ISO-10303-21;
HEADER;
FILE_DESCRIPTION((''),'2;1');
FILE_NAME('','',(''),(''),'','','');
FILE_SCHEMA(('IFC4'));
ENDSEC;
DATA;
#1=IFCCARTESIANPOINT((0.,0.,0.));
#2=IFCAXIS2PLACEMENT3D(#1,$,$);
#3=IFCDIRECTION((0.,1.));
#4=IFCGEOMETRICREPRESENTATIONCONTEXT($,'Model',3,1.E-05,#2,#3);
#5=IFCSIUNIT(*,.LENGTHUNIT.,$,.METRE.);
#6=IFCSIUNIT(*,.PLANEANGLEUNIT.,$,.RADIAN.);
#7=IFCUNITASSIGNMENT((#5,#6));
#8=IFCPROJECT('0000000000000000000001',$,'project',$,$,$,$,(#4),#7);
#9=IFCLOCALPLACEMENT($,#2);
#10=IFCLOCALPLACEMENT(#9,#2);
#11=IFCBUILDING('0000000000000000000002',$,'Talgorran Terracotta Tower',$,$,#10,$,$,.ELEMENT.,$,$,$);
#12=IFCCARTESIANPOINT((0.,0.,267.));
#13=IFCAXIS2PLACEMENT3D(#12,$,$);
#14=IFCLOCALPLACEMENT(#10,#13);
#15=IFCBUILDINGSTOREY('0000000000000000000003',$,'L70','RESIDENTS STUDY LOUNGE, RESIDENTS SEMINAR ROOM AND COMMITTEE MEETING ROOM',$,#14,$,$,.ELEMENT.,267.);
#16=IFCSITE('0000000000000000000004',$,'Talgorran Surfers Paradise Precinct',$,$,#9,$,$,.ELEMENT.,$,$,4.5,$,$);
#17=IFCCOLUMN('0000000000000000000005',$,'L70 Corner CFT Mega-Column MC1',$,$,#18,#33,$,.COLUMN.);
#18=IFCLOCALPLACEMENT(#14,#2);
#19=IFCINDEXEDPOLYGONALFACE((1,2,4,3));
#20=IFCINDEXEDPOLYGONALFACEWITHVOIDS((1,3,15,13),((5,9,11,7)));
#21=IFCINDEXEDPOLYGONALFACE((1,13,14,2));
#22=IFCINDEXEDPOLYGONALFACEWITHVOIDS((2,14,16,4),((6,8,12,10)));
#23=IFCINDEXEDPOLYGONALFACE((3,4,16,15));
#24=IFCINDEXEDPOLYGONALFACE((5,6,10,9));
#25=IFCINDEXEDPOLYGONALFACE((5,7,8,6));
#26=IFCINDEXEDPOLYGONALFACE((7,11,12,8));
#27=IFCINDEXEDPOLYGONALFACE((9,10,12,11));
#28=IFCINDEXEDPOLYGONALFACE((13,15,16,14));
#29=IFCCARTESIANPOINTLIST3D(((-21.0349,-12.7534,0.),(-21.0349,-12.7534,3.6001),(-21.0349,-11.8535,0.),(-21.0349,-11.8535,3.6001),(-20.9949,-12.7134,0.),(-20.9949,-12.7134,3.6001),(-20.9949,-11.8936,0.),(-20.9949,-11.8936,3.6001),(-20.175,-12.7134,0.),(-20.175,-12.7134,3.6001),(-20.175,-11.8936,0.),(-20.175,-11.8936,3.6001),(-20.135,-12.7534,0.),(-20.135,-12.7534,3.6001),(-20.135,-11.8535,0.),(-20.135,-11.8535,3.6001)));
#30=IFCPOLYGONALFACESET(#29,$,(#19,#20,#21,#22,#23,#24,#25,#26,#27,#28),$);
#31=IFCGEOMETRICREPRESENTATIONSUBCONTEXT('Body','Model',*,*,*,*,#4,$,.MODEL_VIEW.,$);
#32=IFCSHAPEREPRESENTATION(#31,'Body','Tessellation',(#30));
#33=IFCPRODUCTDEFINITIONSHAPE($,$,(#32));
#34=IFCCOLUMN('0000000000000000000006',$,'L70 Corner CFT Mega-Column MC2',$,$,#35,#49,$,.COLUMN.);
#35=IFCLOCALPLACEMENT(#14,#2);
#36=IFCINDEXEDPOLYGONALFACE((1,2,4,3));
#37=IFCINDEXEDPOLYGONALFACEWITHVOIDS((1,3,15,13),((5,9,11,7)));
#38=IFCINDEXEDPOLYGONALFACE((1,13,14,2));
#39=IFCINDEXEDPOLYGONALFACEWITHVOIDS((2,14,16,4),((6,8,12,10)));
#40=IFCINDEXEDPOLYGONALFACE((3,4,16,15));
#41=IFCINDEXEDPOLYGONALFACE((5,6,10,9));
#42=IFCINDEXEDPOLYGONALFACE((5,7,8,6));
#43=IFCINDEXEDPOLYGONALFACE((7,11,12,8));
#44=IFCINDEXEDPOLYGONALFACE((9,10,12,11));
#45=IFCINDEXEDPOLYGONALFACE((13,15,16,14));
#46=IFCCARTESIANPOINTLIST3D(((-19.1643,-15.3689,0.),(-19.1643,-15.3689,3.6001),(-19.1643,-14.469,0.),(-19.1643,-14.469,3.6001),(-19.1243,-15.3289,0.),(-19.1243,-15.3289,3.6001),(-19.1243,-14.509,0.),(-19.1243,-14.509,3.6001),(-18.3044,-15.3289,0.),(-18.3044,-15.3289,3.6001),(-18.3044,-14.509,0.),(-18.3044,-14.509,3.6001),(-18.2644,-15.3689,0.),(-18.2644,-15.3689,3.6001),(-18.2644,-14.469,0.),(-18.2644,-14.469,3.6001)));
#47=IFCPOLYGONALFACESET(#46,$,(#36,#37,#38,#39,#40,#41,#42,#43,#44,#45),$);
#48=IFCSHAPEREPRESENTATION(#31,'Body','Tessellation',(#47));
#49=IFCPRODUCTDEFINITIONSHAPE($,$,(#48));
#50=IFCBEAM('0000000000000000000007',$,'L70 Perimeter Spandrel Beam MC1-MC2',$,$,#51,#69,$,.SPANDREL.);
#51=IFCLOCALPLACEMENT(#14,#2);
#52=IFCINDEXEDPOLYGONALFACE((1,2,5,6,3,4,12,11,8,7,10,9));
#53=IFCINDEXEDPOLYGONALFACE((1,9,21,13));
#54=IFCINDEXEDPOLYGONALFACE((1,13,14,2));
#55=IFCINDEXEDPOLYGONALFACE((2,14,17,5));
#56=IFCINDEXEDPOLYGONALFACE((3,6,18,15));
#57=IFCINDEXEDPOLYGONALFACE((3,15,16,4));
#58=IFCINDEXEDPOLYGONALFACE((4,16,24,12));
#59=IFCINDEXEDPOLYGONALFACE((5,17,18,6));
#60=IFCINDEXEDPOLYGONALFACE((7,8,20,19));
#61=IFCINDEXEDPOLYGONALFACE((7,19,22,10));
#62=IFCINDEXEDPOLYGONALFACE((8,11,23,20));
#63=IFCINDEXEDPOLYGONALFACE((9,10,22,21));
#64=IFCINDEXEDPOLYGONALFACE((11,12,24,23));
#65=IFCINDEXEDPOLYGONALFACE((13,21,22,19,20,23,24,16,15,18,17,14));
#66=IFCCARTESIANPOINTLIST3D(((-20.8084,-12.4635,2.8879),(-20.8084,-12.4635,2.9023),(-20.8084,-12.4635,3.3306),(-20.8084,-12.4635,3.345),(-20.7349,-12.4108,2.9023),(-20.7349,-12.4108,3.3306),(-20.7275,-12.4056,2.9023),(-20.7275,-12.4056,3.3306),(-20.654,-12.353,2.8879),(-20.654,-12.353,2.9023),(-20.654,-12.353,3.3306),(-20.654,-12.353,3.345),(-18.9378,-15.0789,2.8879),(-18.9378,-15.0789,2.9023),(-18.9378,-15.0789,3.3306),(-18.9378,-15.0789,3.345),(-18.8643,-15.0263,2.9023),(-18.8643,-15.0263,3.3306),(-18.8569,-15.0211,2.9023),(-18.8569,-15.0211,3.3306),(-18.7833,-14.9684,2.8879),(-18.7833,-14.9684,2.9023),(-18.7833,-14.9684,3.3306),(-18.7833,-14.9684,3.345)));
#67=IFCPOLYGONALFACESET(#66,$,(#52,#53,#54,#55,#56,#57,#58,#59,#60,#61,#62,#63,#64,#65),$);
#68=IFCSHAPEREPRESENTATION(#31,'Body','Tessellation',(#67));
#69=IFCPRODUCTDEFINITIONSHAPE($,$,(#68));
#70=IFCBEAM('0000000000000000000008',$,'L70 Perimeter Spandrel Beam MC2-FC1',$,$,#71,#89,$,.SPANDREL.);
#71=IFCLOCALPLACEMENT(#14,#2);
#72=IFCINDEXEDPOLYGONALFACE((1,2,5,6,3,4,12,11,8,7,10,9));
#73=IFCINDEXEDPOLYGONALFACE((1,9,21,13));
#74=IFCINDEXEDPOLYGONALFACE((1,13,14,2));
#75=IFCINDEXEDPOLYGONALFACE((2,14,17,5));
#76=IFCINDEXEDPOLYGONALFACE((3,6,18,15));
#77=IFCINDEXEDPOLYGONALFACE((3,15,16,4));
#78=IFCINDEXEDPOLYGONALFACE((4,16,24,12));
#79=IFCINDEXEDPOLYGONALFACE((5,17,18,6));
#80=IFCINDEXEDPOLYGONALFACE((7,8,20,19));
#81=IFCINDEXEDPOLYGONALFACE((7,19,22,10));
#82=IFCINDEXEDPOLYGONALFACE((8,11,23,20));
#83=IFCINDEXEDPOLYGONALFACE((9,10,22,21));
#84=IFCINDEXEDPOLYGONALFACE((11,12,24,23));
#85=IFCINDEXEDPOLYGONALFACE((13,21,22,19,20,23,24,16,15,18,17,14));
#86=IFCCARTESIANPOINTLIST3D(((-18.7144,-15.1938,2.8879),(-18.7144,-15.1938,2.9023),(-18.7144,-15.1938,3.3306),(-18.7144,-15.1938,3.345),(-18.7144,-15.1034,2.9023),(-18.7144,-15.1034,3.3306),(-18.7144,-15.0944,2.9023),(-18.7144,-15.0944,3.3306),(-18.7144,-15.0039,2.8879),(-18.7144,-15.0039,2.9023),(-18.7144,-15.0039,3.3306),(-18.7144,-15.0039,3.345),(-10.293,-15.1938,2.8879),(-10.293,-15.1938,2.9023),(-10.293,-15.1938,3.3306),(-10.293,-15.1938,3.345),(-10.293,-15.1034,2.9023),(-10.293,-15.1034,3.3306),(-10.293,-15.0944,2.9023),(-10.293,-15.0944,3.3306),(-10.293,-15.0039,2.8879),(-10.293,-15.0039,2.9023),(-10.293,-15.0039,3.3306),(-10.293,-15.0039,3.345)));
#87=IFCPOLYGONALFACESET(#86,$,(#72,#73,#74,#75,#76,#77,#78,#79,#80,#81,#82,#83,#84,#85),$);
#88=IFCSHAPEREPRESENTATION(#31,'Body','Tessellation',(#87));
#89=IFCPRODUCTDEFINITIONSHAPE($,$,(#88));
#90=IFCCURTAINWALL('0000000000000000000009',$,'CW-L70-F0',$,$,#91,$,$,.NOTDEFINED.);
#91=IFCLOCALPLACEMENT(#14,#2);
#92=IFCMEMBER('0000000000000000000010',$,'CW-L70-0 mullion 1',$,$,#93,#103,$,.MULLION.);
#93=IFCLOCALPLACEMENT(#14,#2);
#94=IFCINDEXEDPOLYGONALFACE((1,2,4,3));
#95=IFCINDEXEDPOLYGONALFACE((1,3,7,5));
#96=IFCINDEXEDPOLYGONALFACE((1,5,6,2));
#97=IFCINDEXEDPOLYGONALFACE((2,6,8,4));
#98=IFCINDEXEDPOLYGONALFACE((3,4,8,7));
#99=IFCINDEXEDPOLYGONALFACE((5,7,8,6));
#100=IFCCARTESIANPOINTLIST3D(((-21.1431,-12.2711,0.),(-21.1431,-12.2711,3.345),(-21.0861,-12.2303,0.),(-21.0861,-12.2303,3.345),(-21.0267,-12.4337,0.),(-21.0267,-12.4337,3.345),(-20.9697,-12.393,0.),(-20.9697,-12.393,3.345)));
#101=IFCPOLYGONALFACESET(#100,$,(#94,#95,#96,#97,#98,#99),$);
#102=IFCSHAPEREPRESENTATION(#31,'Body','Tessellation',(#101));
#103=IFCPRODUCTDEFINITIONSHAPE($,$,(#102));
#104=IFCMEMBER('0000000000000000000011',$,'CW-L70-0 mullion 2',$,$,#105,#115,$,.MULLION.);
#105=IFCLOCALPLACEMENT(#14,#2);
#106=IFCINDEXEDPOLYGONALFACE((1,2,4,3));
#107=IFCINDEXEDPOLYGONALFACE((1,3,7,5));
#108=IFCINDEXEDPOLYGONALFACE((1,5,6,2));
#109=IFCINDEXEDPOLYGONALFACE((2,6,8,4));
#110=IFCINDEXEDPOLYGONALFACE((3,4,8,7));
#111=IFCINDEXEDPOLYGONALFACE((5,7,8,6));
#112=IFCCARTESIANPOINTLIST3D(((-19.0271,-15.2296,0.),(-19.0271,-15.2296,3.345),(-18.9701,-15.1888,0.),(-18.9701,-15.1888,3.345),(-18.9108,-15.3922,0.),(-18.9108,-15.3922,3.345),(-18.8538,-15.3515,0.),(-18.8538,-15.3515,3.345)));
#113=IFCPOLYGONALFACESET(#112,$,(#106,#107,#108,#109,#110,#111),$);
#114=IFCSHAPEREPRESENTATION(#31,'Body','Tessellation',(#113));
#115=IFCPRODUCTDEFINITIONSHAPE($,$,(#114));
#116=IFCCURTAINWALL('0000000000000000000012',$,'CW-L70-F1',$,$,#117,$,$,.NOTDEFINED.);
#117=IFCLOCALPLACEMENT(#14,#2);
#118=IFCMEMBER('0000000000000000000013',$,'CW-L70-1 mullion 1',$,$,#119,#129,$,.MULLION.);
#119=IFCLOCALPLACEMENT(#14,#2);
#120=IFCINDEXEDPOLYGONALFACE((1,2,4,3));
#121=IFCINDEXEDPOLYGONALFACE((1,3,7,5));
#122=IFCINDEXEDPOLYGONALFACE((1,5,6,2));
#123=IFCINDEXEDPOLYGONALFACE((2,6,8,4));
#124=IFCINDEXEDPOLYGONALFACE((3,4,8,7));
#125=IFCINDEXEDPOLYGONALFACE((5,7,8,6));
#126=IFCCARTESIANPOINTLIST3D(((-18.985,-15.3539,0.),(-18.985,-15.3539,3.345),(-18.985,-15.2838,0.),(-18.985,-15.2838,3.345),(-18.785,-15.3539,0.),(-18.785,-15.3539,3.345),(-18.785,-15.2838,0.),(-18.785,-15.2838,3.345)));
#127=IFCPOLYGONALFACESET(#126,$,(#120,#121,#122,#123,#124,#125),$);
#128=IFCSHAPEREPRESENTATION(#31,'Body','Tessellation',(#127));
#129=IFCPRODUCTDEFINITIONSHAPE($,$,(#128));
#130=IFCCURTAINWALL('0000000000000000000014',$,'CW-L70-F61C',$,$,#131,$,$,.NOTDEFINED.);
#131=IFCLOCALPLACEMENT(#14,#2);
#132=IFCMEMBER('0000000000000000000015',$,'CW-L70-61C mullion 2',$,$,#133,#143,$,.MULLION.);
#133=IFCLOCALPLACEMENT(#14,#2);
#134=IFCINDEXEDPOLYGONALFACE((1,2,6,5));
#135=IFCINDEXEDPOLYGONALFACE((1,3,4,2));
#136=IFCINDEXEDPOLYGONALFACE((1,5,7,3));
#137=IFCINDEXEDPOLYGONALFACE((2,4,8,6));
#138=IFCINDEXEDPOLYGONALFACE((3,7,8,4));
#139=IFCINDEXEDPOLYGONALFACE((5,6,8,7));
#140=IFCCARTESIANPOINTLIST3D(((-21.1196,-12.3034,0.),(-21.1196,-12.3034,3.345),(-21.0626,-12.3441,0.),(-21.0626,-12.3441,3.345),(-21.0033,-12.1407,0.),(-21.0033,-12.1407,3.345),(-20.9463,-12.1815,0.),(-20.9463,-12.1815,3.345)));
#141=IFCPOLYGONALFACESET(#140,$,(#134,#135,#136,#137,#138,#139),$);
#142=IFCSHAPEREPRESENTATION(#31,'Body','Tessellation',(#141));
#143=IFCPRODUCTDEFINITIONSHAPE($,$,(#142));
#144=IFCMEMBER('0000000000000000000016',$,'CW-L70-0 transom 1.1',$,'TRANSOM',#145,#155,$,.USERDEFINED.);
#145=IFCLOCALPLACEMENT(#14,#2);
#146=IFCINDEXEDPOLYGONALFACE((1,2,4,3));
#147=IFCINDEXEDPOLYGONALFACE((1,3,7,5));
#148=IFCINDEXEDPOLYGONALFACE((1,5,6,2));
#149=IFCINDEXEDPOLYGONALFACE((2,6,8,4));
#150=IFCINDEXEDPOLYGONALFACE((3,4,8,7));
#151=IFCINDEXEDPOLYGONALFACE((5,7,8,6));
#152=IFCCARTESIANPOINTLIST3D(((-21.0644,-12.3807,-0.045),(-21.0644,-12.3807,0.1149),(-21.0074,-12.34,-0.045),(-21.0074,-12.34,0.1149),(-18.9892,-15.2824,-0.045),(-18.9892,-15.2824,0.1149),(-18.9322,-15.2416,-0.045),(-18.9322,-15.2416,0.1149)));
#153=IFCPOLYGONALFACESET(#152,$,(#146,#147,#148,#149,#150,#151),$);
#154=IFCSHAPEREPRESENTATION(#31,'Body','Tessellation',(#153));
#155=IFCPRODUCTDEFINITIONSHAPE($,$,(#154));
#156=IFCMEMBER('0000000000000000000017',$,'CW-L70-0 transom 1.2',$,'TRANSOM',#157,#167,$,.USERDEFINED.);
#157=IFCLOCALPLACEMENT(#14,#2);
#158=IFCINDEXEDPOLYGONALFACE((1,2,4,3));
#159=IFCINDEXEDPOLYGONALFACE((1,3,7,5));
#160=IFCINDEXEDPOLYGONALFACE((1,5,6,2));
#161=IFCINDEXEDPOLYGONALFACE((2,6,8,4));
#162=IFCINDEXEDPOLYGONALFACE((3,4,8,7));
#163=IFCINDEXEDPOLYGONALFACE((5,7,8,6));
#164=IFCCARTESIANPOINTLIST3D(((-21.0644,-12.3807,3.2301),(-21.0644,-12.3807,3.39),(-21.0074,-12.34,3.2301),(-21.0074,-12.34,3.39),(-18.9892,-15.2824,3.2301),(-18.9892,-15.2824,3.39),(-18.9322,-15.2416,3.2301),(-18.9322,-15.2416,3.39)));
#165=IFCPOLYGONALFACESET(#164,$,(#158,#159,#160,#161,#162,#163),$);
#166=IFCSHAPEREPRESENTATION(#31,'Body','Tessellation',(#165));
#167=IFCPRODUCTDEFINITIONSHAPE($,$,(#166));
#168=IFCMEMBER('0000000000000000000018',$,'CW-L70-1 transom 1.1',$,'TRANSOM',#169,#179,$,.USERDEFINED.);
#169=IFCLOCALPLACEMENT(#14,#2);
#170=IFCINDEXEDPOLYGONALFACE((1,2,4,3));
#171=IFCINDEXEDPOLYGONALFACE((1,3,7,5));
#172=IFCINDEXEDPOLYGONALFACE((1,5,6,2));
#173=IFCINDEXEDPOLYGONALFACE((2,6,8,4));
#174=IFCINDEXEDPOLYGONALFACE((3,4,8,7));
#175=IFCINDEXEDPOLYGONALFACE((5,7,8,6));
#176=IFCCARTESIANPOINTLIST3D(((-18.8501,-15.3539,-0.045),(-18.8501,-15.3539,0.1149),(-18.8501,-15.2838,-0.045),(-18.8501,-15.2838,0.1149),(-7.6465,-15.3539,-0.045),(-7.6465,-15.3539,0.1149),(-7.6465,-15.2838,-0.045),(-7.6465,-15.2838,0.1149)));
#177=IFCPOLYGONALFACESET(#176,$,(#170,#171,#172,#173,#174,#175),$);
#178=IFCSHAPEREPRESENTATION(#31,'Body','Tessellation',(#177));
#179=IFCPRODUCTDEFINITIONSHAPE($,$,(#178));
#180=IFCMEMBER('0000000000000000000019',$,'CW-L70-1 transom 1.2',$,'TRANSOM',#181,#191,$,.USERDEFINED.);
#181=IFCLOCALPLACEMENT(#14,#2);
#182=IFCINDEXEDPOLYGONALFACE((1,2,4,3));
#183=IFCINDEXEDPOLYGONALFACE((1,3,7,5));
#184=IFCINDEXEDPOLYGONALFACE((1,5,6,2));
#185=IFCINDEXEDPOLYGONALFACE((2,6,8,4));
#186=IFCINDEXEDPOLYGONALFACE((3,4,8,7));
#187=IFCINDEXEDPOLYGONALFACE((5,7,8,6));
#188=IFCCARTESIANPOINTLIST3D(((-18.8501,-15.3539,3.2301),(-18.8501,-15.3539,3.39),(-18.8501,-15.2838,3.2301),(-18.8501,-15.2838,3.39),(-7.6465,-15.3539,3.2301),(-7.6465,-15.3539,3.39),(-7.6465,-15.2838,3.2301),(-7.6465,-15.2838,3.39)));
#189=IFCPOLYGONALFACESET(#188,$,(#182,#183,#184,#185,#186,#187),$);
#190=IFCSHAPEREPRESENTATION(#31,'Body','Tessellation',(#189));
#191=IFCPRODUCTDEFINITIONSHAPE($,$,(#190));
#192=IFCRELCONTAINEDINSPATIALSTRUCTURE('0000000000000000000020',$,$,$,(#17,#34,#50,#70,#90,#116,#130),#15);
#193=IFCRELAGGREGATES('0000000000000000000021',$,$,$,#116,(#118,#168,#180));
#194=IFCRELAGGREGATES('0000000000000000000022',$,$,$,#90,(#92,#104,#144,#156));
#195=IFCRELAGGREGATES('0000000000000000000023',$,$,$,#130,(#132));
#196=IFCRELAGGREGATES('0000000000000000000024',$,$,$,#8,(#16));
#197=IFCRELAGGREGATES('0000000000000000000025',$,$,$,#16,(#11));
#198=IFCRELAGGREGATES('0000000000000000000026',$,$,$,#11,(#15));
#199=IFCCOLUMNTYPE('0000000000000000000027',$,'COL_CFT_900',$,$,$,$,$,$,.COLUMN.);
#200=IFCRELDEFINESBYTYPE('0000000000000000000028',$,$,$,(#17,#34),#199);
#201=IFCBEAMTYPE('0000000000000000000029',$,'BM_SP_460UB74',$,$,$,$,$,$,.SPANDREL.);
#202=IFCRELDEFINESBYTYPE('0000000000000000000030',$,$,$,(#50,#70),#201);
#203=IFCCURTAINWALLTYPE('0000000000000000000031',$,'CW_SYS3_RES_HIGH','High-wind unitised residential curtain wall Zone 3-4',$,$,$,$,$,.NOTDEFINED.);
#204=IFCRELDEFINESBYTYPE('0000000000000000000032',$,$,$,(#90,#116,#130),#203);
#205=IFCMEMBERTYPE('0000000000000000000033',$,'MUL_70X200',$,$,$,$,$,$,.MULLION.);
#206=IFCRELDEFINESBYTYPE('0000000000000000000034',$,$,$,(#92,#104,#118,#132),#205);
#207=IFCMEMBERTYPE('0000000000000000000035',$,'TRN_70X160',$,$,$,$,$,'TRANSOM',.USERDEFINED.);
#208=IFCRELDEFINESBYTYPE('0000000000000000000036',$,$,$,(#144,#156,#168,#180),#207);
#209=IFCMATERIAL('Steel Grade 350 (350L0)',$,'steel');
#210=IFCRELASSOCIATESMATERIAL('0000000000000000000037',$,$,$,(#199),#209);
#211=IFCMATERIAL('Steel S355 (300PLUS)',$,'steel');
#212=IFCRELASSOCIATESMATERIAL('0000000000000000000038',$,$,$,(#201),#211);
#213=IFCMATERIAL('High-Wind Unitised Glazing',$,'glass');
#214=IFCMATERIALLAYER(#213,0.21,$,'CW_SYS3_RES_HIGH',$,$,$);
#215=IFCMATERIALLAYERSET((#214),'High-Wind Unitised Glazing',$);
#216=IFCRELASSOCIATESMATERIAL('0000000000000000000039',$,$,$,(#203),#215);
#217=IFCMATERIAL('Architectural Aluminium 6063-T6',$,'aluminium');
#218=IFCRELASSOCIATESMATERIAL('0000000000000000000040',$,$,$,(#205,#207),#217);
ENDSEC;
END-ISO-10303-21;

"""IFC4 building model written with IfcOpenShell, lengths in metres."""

from ifc_helpers import new_model, si_unit, direction, frame, origin, origin_2d, place, context, subcontext, project, spatial, rectangle, hollow_rectangle, i_section, extrude, material, layer, layer_set, material_profile, profile_set, type_object, element, aggregate, save


model = new_model("IFC4")

# Units and contexts
model_context = context("Model", 3, precision=1e-05, world=origin(), true_north=direction((0.0, 1.0)))
body_context = subcontext(model_context, "Body", "Model", "MODEL_VIEW")
ifc_project = project(units=[si_unit("LENGTHUNIT", "METRE"), si_unit("PLANEANGLEUNIT", "RADIAN")], contexts=[model_context])

# Site, building, storey
site_placement = place(None, origin())
site = spatial("IfcSite", under=ifc_project, at=site_placement, Name="Talgorran Surfers Paradise Precinct", CompositionType="ELEMENT", RefElevation=4.5)
building_placement = place(site_placement, origin())
building = spatial("IfcBuilding", under=site, at=building_placement, Name="Talgorran Terracotta Tower", CompositionType="ELEMENT")
storey_placement = place(building_placement, frame((0.0, 0.0, 267.0)))
storey = spatial("IfcBuildingStorey", under=building, at=storey_placement, Name="L70", Description="RESIDENTS STUDY LOUNGE, RESIDENTS SEMINAR ROOM AND COMMITTEE MEETING ROOM", CompositionType="ELEMENT", Elevation=267.0)

# Columns
ifc_material_1 = material(Name="Steel Grade 350 (350L0)", Category="steel")
ifc_material_profile_1 = material_profile(ifc_material_1, hollow_rectangle(XDim=0.8999, YDim=0.8999, WallThickness=0.04, at=origin_2d()), Name="CFT900X900X40")
ifc_profile_set_1 = profile_set([ifc_material_profile_1], Name="Steel Grade 350 (350L0)")
column_type = type_object("IfcColumnType", Name="COL_CFT_900", PredefinedType="COLUMN", material=ifc_profile_set_1)
for number, where, z_axis, x_axis, name in (
    (1, (-20.585, -12.3035, 0.0), (0.0, 0.0, 1.0), (1.0, 0.0, 0.0), "L70 Corner CFT Mega-Column MC1"),
    (2, (-18.7144, -14.9189, 0.0), (0.0, 0.0, 1.0), (1.0, 0.0, 0.0), "L70 Corner CFT Mega-Column MC2"),
):
    element("IfcColumn", number, at=place(storey_placement, frame(where, z_axis=z_axis, x_axis=x_axis)), inside=storey, type_object=column_type, Name=name, PredefinedType="COLUMN", context=body_context, shape_type="SweptSolid", body=[
        extrude(hollow_rectangle(XDim=0.8999, YDim=0.8999, WallThickness=0.04, at=origin_2d()), origin(), (0.0, 0.0, 1.0), 3.6001),
    ])

# Beams
ifc_material_2 = material(Name="Steel S355 (300PLUS)", Category="steel")
ifc_material_profile_2 = material_profile(ifc_material_2, i_section(OverallWidth=0.1899, OverallDepth=0.457, WebThickness=0.009, FlangeThickness=0.0144, at=origin_2d()), Name="460UB74.6")
ifc_profile_set_2 = profile_set([ifc_material_profile_2], Name="Steel S355 (300PLUS)")
beam_type = type_object("IfcBeamType", Name="BM_SP_460UB74", PredefinedType="SPANDREL", material=ifc_profile_set_2)
beam_1_placement = place(storey_placement, frame((-20.7312, -12.4082, 3.1165), z_axis=(0.581734, -0.813379, 0.0), x_axis=(0.813379, 0.581734, 0.0)))
element("IfcBeam", 3, at=beam_1_placement, inside=storey, type_object=beam_type, Name="L70 Perimeter Spandrel Beam MC1-MC2", PredefinedType="SPANDREL", context=body_context, shape_type="SweptSolid", body=[
    extrude(i_section(OverallWidth=0.1899, OverallDepth=0.457, WebThickness=0.009, FlangeThickness=0.0144, at=origin_2d()), origin(), (0.0, 0.0, 1.0), 3.2156),
])
beam_2_placement = place(storey_placement, frame((-18.7144, -15.0989, 3.1165), z_axis=(1.0, 0.0, 0.0), x_axis=(0.0, 1.0, 0.0)))
element("IfcBeam", 4, at=beam_2_placement, inside=storey, type_object=beam_type, Name="L70 Perimeter Spandrel Beam MC2-FC1", PredefinedType="SPANDREL", context=body_context, shape_type="SweptSolid", body=[
    extrude(i_section(OverallWidth=0.1899, OverallDepth=0.457, WebThickness=0.009, FlangeThickness=0.0144, at=origin_2d()), origin(), (0.0, 0.0, 1.0), 8.4214),
])

# Curtain wall, members
ifc_material_3 = material(Name="High-Wind Unitised Glazing", Category="glass")
ifc_layer_1 = layer(ifc_material_3, 0.21, Name="CW_SYS3_RES_HIGH")
ifc_layer_set_1 = layer_set([ifc_layer_1], Name="High-Wind Unitised Glazing")
curtain_wall_type = type_object("IfcCurtainWallType", Name="CW_SYS3_RES_HIGH", Description="High-wind unitised residential curtain wall Zone 3-4", PredefinedType="NOTDEFINED", material=ifc_layer_set_1)
curtain_wall_1_placement = place(storey_placement, origin())
curtain_wall_1 = element("IfcCurtainWall", 5, at=curtain_wall_1_placement, inside=storey, type_object=curtain_wall_type, Name="CW-L70-F0", PredefinedType="NOTDEFINED")
ifc_material_4 = material(Name="Architectural Aluminium 6063-T6", Category="aluminium")
ifc_material_profile_3 = material_profile(ifc_material_4, rectangle(XDim=0.0701, YDim=0.2, at=origin_2d()), Name="CWM70X200")
ifc_profile_set_3 = profile_set([ifc_material_profile_3], Name="Architectural Aluminium 6063-T6")
member_type_1 = type_object("IfcMemberType", Name="MUL_70X200", PredefinedType="MULLION", material=ifc_profile_set_3)
member_1_placement = place(storey_placement, frame((-21.0564, -12.332, 0.0), z_axis=(0.0, 0.0, 1.0), x_axis=(0.813371, 0.581746, 0.0)))
member_1 = element("IfcMember", 6, at=member_1_placement, type_object=member_type_1, Name="CW-L70-0 mullion 1", PredefinedType="MULLION", context=body_context, shape_type="SweptSolid", body=[
    extrude(rectangle(XDim=0.0701, YDim=0.2, at=origin_2d()), origin(), (0.0, 0.0, 1.0), 3.345),
])
member_2_placement = place(storey_placement, frame((-18.9404, -15.2905, 0.0), z_axis=(0.0, 0.0, 1.0), x_axis=(0.813371, 0.581746, 0.0)))
member_2 = element("IfcMember", 7, at=member_2_placement, type_object=member_type_1, Name="CW-L70-0 mullion 2", PredefinedType="MULLION", context=body_context, shape_type="SweptSolid", body=[
    extrude(rectangle(XDim=0.0701, YDim=0.2, at=origin_2d()), origin(), (0.0, 0.0, 1.0), 3.345),
])

# Curtain walls, members
curtain_wall_2_placement = place(storey_placement, origin())
curtain_wall_2 = element("IfcCurtainWall", 8, at=curtain_wall_2_placement, inside=storey, type_object=curtain_wall_type, Name="CW-L70-F1", PredefinedType="NOTDEFINED")
member_3_placement = place(storey_placement, frame((-18.885, -15.3188, 0.0), z_axis=(0.0, 0.0, 1.0), x_axis=(0.0, 1.0, 0.0)))
member_3 = element("IfcMember", 9, at=member_3_placement, type_object=member_type_1, Name="CW-L70-1 mullion 1", PredefinedType="MULLION", context=body_context, shape_type="SweptSolid", body=[
    extrude(rectangle(XDim=0.0701, YDim=0.2, at=origin_2d()), origin(), (0.0, 0.0, 1.0), 3.345),
])
curtain_wall_3_placement = place(storey_placement, origin())
curtain_wall_3 = element("IfcCurtainWall", 10, at=curtain_wall_3_placement, inside=storey, type_object=curtain_wall_type, Name="CW-L70-F61C", PredefinedType="NOTDEFINED")
member_4_placement = place(storey_placement, frame((-21.033, -12.2424, 0.0), z_axis=(0.0, 0.0, 1.0), x_axis=(0.813377, -0.581737, 0.0)))
member_4 = element("IfcMember", 11, at=member_4_placement, type_object=member_type_1, Name="CW-L70-61C mullion 2", PredefinedType="MULLION", context=body_context, shape_type="SweptSolid", body=[
    extrude(rectangle(XDim=0.0701, YDim=0.2, at=origin_2d()), origin(), (0.0, 0.0, 1.0), 3.345),
])

# Members
ifc_material_profile_4 = material_profile(ifc_material_4, rectangle(XDim=0.0701, YDim=0.1599, at=origin_2d()), Name="CWT70X160")
ifc_profile_set_4 = profile_set([ifc_material_profile_4], Name="Architectural Aluminium 6063-T6")
member_type_2 = type_object("IfcMemberType", Name="TRN_70X160", ElementType="TRANSOM", PredefinedType="USERDEFINED", material=ifc_profile_set_4)
member_5_placement = place(storey_placement, frame((-21.0359, -12.3604, 0.0349), z_axis=(0.581724, -0.813387, 0.0), x_axis=(0.813387, 0.581724, 0.0)))
member_5 = element("IfcMember", 12, at=member_5_placement, type_object=member_type_2, Name="CW-L70-0 transom 1.1", ObjectType="TRANSOM", PredefinedType="USERDEFINED", context=body_context, shape_type="SweptSolid", body=[
    extrude(rectangle(XDim=0.0701, YDim=0.1599, at=origin_2d()), origin(), (0.0, 0.0, 1.0), 3.5674),
])
member_6_placement = place(storey_placement, frame((-21.0359, -12.3604, 3.3101), z_axis=(0.581724, -0.813387, 0.0), x_axis=(0.813387, 0.581724, 0.0)))
member_6 = element("IfcMember", 13, at=member_6_placement, type_object=member_type_2, Name="CW-L70-0 transom 1.2", ObjectType="TRANSOM", PredefinedType="USERDEFINED", context=body_context, shape_type="SweptSolid", body=[
    extrude(rectangle(XDim=0.0701, YDim=0.1599, at=origin_2d()), origin(), (0.0, 0.0, 1.0), 3.5674),
])
member_7_placement = place(storey_placement, frame((-18.8501, -15.3188, 0.0349), z_axis=(1.0, 0.0, 0.0), x_axis=(0.0, 1.0, 0.0)))
member_7 = element("IfcMember", 14, at=member_7_placement, type_object=member_type_2, Name="CW-L70-1 transom 1.1", ObjectType="TRANSOM", PredefinedType="USERDEFINED", context=body_context, shape_type="SweptSolid", body=[
    extrude(rectangle(XDim=0.0701, YDim=0.1599, at=origin_2d()), origin(), (0.0, 0.0, 1.0), 11.2036),
])
member_8_placement = place(storey_placement, frame((-18.8501, -15.3188, 3.3101), z_axis=(1.0, 0.0, 0.0), x_axis=(0.0, 1.0, 0.0)))
member_8 = element("IfcMember", 15, at=member_8_placement, type_object=member_type_2, Name="CW-L70-1 transom 1.2", ObjectType="TRANSOM", PredefinedType="USERDEFINED", context=body_context, shape_type="SweptSolid", body=[
    extrude(rectangle(XDim=0.0701, YDim=0.1599, at=origin_2d()), origin(), (0.0, 0.0, 1.0), 11.2036),
])
aggregate(curtain_wall_2, [member_3, member_7, member_8])

aggregate(curtain_wall_1, [member_1, member_2, member_5, member_6])
aggregate(curtain_wall_3, [member_4])

save(model, "model.ifc")
